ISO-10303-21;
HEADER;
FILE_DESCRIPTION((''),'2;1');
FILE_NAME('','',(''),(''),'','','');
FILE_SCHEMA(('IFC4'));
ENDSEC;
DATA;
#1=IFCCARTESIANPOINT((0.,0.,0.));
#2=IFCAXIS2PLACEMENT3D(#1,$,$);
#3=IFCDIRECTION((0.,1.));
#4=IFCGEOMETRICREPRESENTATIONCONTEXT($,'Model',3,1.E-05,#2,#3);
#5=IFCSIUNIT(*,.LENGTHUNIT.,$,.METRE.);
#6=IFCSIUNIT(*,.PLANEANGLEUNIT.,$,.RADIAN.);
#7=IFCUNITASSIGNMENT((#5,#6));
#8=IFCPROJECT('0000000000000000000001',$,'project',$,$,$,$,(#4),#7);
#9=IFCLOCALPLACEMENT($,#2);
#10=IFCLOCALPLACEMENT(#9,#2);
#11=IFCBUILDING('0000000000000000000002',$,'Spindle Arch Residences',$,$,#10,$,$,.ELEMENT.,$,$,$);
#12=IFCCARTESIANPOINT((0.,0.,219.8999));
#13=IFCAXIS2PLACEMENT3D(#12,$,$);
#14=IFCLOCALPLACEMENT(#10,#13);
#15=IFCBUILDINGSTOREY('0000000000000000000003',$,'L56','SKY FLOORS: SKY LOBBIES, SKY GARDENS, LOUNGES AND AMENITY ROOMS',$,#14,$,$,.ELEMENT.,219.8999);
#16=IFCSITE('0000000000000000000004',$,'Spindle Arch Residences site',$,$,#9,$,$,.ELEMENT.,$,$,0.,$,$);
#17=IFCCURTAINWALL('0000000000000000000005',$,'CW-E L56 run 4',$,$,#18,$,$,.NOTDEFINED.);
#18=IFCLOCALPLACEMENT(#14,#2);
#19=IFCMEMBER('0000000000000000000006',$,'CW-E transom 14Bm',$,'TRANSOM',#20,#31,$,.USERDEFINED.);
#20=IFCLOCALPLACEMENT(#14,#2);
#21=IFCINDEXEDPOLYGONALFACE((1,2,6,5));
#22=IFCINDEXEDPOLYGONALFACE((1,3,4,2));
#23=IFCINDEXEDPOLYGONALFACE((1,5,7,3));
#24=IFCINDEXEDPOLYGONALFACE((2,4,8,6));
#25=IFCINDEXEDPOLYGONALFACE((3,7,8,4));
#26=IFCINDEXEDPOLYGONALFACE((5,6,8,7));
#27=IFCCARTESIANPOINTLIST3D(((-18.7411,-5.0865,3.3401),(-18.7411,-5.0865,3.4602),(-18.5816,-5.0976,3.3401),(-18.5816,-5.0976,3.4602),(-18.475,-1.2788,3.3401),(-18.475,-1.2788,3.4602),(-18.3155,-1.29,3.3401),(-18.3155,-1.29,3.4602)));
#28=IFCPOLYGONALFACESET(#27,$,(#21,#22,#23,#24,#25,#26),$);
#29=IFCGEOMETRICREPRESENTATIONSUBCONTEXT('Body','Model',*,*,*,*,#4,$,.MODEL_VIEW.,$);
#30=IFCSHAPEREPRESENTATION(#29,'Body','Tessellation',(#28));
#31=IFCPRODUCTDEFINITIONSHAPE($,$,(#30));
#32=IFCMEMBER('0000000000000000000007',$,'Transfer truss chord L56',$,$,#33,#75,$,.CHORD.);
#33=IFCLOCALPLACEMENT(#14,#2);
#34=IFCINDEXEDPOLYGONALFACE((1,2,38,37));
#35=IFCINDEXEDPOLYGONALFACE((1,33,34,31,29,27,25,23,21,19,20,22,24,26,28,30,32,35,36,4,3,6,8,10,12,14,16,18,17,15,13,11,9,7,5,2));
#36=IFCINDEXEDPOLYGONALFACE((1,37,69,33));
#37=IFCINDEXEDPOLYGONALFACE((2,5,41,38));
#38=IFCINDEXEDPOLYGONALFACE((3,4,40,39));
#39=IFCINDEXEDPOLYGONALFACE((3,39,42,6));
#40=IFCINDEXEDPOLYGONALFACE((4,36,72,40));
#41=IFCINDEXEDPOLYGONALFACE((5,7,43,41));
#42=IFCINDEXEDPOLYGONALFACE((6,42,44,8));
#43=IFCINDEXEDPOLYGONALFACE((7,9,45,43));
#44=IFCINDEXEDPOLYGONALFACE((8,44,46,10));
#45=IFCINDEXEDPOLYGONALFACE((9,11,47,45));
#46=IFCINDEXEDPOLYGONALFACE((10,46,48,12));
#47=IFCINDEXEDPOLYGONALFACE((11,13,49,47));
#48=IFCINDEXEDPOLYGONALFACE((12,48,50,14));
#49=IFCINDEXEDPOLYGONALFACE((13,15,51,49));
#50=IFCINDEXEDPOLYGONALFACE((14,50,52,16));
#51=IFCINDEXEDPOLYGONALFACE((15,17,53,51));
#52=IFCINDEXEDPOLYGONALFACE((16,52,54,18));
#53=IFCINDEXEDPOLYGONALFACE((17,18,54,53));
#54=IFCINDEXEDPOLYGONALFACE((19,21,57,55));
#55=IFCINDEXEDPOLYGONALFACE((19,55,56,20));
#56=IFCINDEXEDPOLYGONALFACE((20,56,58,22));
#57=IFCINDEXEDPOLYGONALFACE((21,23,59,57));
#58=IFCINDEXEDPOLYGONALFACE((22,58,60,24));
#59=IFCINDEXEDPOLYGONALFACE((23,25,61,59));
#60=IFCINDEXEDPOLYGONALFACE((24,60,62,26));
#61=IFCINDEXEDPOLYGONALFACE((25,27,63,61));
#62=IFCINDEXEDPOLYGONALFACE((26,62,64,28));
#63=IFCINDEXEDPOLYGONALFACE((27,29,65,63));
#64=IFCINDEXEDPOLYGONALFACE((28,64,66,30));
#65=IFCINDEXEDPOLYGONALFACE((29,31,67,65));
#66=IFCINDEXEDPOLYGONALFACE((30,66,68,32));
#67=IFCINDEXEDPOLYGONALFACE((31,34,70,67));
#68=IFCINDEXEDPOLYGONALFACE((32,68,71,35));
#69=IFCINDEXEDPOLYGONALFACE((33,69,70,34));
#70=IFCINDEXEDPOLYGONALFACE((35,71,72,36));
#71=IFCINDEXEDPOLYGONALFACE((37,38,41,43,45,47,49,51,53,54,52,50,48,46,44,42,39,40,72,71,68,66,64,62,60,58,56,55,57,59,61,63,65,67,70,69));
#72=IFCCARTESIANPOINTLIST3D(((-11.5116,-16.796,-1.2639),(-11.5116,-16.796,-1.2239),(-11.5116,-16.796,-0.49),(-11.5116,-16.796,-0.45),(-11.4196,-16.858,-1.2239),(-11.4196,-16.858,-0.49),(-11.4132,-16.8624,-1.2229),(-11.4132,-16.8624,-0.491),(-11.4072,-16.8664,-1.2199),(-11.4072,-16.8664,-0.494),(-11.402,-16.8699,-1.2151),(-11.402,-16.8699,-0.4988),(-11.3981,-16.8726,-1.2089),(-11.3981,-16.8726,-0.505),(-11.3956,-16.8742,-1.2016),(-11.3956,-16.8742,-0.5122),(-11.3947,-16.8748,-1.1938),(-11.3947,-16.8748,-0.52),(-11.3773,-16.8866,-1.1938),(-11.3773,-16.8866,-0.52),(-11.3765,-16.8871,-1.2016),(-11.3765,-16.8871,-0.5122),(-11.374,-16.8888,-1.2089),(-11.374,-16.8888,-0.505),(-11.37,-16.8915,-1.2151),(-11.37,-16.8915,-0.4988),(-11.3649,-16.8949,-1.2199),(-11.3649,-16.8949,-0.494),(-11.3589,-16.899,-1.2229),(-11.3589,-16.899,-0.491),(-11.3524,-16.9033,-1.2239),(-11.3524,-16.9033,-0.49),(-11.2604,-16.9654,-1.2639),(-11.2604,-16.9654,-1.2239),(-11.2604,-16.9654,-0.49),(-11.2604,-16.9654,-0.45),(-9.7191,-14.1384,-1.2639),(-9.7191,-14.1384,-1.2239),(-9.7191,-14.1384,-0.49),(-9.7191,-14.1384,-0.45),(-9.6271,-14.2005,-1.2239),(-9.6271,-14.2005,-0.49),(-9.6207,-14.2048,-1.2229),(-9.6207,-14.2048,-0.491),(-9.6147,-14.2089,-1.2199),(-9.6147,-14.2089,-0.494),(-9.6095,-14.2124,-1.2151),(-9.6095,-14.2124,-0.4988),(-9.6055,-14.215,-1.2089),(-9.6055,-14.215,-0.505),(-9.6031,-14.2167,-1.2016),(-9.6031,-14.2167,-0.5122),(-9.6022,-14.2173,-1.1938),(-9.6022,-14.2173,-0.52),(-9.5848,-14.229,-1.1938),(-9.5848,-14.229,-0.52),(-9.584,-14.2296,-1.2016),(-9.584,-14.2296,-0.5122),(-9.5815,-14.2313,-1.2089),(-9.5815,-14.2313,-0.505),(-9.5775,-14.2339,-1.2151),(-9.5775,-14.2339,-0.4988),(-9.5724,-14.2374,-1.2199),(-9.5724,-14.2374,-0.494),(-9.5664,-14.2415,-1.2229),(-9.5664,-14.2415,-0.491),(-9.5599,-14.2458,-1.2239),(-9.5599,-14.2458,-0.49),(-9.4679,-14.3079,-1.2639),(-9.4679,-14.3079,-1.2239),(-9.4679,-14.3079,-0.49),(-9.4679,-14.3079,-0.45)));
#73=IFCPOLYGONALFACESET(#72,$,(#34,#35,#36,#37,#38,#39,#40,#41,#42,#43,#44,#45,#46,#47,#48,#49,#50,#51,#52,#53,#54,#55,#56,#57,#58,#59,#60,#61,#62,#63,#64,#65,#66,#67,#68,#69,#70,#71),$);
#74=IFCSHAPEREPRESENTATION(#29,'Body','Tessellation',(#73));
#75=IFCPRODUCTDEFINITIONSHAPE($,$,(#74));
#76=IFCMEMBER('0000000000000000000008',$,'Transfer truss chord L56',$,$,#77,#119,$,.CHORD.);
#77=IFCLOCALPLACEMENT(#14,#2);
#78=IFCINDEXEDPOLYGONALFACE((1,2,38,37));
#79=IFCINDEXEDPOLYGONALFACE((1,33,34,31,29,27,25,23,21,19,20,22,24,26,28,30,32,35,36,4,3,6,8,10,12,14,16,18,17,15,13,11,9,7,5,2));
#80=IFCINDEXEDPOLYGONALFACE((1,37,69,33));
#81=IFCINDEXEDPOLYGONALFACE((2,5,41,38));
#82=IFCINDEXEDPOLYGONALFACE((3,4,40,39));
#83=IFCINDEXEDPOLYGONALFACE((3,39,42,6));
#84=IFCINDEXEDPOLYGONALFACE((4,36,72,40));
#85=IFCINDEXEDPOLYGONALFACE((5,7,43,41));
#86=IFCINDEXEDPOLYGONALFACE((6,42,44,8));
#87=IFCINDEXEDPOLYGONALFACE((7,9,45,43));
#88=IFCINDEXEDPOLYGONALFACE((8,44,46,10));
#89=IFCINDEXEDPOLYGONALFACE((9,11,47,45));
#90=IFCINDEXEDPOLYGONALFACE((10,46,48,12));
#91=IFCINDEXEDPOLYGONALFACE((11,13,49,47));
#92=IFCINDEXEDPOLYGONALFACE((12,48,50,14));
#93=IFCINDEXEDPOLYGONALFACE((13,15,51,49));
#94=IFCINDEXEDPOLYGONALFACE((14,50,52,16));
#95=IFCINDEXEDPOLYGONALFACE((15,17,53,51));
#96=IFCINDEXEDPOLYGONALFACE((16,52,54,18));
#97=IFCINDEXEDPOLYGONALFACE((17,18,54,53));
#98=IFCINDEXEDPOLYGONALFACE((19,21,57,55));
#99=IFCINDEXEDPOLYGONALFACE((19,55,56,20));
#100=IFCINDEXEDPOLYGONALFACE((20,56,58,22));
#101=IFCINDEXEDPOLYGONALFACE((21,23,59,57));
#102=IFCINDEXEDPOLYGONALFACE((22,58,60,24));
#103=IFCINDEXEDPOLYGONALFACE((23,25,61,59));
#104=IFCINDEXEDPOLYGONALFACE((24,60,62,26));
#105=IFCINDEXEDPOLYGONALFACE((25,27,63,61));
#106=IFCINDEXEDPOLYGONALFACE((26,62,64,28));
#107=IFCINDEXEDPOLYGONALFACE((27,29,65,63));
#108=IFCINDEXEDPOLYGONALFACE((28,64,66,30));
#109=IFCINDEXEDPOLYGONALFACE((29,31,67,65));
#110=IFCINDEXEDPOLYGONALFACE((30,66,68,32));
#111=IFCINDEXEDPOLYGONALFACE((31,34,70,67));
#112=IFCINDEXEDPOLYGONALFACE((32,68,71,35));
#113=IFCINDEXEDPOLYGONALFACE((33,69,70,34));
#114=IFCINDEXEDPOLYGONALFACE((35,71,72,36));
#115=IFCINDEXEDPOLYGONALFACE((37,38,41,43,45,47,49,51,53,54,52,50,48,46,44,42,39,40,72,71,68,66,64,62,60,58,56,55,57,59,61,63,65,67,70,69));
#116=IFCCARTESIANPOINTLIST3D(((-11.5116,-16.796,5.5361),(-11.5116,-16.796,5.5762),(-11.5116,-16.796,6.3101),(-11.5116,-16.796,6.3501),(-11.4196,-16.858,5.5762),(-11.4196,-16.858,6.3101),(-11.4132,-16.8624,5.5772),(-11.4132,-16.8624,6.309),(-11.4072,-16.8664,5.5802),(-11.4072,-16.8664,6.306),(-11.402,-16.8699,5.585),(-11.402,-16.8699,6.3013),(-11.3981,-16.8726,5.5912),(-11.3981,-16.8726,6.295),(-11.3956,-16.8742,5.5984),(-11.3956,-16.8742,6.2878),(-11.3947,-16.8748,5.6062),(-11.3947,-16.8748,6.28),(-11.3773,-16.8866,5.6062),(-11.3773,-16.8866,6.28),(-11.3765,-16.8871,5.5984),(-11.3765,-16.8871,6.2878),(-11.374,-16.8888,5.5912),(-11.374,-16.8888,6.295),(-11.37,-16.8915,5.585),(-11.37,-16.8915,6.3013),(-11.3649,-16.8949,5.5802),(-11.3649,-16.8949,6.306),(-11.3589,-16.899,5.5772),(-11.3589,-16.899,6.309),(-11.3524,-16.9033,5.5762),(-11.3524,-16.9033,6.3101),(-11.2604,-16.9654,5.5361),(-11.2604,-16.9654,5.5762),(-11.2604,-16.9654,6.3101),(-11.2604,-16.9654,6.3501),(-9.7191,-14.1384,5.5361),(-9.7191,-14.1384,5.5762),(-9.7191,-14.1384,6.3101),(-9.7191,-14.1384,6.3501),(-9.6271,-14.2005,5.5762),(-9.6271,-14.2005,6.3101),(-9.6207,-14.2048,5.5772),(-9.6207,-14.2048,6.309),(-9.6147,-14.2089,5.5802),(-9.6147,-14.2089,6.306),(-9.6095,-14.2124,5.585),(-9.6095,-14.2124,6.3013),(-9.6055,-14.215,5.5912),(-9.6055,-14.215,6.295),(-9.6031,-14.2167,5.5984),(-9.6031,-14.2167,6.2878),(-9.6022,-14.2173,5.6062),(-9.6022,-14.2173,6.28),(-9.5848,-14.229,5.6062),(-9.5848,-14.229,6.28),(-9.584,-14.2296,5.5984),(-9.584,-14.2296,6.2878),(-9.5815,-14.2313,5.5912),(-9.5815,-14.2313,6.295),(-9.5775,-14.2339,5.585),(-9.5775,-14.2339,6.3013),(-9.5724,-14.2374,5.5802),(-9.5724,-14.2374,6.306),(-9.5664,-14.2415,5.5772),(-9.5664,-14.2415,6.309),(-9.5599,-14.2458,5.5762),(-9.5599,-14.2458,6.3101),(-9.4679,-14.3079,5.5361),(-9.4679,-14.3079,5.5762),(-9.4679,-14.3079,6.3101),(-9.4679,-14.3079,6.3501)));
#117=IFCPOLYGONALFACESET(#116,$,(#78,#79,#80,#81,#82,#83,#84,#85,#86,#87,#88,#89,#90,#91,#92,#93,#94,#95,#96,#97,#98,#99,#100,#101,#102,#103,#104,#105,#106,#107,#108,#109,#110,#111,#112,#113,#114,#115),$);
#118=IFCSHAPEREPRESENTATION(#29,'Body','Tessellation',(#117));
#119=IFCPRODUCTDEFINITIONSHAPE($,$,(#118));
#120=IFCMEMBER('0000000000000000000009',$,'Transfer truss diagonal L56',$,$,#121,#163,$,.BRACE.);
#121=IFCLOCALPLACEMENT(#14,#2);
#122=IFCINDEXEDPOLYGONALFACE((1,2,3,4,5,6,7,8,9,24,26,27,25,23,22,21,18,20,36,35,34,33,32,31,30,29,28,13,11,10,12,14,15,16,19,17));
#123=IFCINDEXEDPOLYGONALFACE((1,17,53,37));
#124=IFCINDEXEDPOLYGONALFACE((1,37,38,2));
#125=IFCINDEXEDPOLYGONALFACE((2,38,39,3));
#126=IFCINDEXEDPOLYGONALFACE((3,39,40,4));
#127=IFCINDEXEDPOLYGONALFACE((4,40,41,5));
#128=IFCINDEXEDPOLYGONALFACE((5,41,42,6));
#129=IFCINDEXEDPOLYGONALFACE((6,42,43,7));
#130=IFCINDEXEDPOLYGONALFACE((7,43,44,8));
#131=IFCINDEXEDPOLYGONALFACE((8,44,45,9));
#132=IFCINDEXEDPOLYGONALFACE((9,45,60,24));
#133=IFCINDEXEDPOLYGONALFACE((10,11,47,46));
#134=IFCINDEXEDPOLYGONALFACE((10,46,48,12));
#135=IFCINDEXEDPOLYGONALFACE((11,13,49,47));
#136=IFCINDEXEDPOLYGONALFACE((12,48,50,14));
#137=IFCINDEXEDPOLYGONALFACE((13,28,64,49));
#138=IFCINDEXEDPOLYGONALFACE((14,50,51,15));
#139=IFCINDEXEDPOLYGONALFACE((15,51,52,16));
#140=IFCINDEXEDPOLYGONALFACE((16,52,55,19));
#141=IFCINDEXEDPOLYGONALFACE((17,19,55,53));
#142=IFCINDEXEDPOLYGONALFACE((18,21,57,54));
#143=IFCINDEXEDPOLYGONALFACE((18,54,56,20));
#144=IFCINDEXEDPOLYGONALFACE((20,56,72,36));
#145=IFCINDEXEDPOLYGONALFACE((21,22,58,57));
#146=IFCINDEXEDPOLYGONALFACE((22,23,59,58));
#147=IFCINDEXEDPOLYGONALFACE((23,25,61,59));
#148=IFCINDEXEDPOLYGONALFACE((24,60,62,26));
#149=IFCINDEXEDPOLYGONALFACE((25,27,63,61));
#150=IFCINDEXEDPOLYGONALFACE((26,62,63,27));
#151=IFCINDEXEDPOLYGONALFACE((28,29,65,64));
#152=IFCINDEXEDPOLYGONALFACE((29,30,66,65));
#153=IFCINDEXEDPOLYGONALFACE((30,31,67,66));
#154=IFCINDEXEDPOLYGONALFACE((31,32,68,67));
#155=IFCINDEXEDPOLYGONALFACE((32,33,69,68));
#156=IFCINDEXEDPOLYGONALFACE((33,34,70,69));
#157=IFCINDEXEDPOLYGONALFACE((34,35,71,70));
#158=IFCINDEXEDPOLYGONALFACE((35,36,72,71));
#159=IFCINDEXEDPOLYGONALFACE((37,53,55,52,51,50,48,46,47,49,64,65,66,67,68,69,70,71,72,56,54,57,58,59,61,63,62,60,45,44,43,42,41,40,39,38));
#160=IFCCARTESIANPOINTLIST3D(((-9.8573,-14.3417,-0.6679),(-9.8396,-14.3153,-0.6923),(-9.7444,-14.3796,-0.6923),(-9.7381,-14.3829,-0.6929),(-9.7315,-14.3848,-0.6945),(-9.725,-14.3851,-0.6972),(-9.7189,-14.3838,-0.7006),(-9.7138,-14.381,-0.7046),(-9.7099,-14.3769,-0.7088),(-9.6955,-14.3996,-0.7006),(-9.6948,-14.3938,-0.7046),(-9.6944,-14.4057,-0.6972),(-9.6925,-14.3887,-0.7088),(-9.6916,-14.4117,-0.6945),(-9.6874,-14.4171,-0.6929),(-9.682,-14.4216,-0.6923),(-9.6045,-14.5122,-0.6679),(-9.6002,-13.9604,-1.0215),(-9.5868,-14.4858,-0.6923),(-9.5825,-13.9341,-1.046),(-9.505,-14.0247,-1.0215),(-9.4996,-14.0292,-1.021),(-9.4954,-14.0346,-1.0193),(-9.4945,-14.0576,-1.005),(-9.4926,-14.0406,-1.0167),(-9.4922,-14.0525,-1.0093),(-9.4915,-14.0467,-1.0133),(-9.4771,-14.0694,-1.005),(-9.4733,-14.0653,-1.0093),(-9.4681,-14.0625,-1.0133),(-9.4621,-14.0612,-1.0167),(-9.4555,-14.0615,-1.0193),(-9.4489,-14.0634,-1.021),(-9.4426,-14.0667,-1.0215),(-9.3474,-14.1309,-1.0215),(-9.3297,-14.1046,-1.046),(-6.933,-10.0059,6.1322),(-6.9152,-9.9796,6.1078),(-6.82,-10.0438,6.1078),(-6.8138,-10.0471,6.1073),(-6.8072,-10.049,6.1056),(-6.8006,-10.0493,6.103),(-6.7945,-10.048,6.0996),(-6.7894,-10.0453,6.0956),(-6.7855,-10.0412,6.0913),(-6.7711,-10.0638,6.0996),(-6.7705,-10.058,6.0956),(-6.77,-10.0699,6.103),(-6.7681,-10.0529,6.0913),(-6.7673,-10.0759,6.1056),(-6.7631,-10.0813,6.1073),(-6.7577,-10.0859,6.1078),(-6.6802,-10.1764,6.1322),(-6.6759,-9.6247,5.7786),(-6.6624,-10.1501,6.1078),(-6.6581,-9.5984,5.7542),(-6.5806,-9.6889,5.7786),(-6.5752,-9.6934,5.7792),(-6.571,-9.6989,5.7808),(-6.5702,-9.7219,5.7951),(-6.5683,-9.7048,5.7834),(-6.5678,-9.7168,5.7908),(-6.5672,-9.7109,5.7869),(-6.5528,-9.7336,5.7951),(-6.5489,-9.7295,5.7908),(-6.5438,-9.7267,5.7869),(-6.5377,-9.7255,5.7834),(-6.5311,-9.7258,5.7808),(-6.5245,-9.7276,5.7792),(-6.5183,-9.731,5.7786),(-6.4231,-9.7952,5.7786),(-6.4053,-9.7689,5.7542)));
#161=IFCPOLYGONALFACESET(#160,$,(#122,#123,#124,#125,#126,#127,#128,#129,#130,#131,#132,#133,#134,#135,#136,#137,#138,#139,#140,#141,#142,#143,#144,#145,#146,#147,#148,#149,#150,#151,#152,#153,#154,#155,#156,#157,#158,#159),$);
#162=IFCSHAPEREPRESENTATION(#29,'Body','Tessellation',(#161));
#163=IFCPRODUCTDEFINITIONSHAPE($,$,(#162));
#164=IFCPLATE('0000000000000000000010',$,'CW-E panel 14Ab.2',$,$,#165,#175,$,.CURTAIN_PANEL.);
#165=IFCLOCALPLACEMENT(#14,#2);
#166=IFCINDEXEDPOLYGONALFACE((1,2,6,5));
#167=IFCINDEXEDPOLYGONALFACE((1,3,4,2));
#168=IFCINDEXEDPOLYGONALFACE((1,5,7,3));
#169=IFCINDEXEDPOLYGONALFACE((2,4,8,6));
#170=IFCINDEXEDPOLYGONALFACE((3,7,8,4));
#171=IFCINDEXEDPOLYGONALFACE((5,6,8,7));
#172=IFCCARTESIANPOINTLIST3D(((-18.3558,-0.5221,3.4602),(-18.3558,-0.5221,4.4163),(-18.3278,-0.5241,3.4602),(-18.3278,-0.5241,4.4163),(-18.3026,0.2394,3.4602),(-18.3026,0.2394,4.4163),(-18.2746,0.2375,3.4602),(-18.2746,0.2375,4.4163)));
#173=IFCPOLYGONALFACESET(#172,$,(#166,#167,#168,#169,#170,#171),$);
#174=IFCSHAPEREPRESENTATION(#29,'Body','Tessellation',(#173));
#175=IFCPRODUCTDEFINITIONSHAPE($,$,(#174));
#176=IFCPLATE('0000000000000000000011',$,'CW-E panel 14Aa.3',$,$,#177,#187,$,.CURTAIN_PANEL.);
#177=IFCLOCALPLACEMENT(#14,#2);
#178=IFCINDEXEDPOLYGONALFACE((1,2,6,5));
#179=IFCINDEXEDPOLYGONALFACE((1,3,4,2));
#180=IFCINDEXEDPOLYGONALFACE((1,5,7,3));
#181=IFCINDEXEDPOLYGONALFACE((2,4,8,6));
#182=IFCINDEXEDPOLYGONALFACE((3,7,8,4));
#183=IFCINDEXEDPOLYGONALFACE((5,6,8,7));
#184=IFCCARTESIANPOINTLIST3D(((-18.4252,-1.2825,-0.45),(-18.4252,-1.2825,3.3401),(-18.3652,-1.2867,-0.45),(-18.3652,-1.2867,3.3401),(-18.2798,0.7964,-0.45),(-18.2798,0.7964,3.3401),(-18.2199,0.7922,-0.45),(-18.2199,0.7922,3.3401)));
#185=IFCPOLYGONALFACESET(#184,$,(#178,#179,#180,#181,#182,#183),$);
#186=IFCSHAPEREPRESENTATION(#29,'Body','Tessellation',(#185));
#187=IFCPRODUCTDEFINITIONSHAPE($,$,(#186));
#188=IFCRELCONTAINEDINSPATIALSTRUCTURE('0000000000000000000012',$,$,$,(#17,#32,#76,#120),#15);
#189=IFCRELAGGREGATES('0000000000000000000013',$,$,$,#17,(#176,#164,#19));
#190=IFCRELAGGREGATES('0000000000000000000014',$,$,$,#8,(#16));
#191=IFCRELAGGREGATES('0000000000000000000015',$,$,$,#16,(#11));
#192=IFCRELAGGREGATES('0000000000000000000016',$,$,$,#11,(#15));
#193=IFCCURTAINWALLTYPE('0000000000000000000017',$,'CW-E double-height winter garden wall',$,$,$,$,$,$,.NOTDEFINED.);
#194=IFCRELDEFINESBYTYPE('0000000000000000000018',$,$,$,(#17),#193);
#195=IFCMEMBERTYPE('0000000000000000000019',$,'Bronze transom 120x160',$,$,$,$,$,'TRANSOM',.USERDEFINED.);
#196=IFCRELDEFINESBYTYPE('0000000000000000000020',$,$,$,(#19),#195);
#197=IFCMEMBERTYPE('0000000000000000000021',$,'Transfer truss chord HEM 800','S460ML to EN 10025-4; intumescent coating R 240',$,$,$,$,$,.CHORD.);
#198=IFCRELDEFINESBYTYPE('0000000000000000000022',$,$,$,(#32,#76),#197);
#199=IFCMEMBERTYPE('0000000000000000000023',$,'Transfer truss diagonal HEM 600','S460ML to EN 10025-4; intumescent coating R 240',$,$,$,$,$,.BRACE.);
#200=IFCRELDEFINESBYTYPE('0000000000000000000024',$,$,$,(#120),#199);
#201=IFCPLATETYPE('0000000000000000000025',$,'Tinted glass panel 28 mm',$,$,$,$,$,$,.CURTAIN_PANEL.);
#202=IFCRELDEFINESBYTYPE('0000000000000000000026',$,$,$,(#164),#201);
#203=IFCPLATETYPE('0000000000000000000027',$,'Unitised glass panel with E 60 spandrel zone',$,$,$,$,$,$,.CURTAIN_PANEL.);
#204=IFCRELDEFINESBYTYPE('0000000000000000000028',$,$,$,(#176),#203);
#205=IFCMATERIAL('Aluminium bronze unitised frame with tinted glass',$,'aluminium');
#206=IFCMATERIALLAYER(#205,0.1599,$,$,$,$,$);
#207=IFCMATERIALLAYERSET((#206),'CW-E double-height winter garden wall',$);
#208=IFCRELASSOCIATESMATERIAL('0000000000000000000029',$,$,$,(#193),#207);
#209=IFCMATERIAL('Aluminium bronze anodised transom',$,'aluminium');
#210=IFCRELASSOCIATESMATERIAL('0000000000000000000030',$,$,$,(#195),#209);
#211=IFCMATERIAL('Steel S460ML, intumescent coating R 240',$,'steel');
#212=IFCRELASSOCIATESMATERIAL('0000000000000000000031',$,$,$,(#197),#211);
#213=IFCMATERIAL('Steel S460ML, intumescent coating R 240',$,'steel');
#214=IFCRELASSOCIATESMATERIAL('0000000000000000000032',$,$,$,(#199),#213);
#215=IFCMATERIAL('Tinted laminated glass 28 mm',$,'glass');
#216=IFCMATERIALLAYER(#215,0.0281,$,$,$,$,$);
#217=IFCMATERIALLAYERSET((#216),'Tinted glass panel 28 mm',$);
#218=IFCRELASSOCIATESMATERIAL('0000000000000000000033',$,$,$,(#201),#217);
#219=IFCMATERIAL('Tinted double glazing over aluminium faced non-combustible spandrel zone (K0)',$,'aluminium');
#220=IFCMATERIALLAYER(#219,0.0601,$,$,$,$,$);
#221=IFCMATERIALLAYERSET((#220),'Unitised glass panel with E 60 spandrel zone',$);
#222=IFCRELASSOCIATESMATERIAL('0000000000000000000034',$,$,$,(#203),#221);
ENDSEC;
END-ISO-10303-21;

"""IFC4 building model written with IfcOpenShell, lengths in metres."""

from ifc_helpers import new_model, si_unit, direction, frame, origin, origin_2d, place, context, subcontext, project, spatial, rectangle, i_section, extrude, material, layer, layer_set, material_profile, profile_set, type_object, element, aggregate, save


model = new_model("IFC4")

# Units and contexts
model_context = context("Model", 3, precision=1e-05, world=origin(), true_north=direction((0.0, 1.0)))
body_context = subcontext(model_context, "Body", "Model", "MODEL_VIEW")
ifc_project = project(units=[si_unit("LENGTHUNIT", "METRE"), si_unit("PLANEANGLEUNIT", "RADIAN")], contexts=[model_context])

# Site, building, storey
site_placement = place(None, origin())
site = spatial("IfcSite", under=ifc_project, at=site_placement, Name="Spindle Arch Residences site", CompositionType="ELEMENT", RefElevation=0.0)
building_placement = place(site_placement, origin())
building = spatial("IfcBuilding", under=site, at=building_placement, Name="Spindle Arch Residences", CompositionType="ELEMENT")
storey_placement = place(building_placement, frame((0.0, 0.0, 219.8999)))
storey = spatial("IfcBuildingStorey", under=building, at=storey_placement, Name="L56", Description="SKY FLOORS: SKY LOBBIES, SKY GARDENS, LOUNGES AND AMENITY ROOMS", CompositionType="ELEMENT", Elevation=219.8999)

# Curtain wall, member
ifc_material_1 = material(Name="Aluminium bronze unitised frame with tinted glass", Category="aluminium")
ifc_layer_1 = layer(ifc_material_1, 0.1599)
ifc_layer_set_1 = layer_set([ifc_layer_1], Name="CW-E double-height winter garden wall")
curtain_wall_type = type_object("IfcCurtainWallType", Name="CW-E double-height winter garden wall", PredefinedType="NOTDEFINED", material=ifc_layer_set_1)
curtain_wall_placement = place(storey_placement, origin())
curtain_wall = element("IfcCurtainWall", 1, at=curtain_wall_placement, inside=storey, type_object=curtain_wall_type, Name="CW-E L56 run 4", PredefinedType="NOTDEFINED")
ifc_material_2 = material(Name="Aluminium bronze anodised transom", Category="aluminium")
ifc_material_profile_1 = material_profile(ifc_material_2, rectangle(XDim=0.1599, YDim=0.1201, at=origin_2d()), Name="TR 120x160")
ifc_profile_set_1 = profile_set([ifc_material_profile_1], Name="Aluminium bronze anodised transom")
member_type_1 = type_object("IfcMemberType", Name="Bronze transom 120x160", ElementType="TRANSOM", PredefinedType="USERDEFINED", material=ifc_profile_set_1)
member_1_placement = place(storey_placement, frame((-18.3953, -1.2844, 3.4001), z_axis=(-0.06972, -0.997567, 0.0), x_axis=(0.997567, -0.06972, 0.0)))
member_1 = element("IfcMember", 2, at=member_1_placement, type_object=member_type_1, Name="CW-E transom 14Bm", ObjectType="TRANSOM", PredefinedType="USERDEFINED", context=body_context, shape_type="SweptSolid", body=[
    extrude(rectangle(XDim=0.1599, YDim=0.1201, at=origin_2d()), origin(), (0.0, 0.0, 1.0), 3.8169),
])

# Members
ifc_material_3 = material(Name="Steel S460ML, intumescent coating R 240", Category="steel")
ifc_material_profile_2 = material_profile(ifc_material_3, i_section(OverallWidth=0.303, OverallDepth=0.814, WebThickness=0.021, FlangeThickness=0.04, FilletRadius=0.03, at=origin_2d()), Name="HEM 800")
ifc_profile_set_2 = profile_set([ifc_material_profile_2], Name="Steel S460ML, intumescent coating R 240")
member_type_2 = type_object("IfcMemberType", Name="Transfer truss chord HEM 800", Description="S460ML to EN 10025-4; intumescent coating R 240", PredefinedType="CHORD", material=ifc_profile_set_2)
for number, where, z_axis, x_axis, name in (
    (3, (-9.5935, -14.2231, -0.8569), (-0.559192, -0.829038, 0.0), (0.829038, -0.559192, 0.0), "Transfer truss chord L56"),
    (4, (-9.5935, -14.2231, 5.9431), (-0.559192, -0.829038, 0.0), (0.829038, -0.559192, 0.0), "Transfer truss chord L56"),
):
    element("IfcMember", number, at=place(storey_placement, frame(where, z_axis=z_axis, x_axis=x_axis)), inside=storey, type_object=member_type_2, Name=name, PredefinedType="CHORD", context=body_context, shape_type="SweptSolid", body=[
        extrude(i_section(OverallWidth=0.303, OverallDepth=0.814, WebThickness=0.021, FlangeThickness=0.04, FilletRadius=0.03, at=origin_2d()), origin(), (0.0, 0.0, 1.0), 3.2056),
    ])
ifc_material_4 = material(Name="Steel S460ML, intumescent coating R 240", Category="steel")
ifc_material_profile_3 = material_profile(ifc_material_4, i_section(OverallWidth=0.3049, OverallDepth=0.6201, WebThickness=0.021, FlangeThickness=0.04, FilletRadius=0.0271, at=origin_2d()), Name="HEM 600")
ifc_profile_set_3 = profile_set([ifc_material_profile_3], Name="Steel S460ML, intumescent coating R 240")
member_type_3 = type_object("IfcMemberType", Name="Transfer truss diagonal HEM 600", Description="S460ML to EN 10025-4; intumescent coating R 240", PredefinedType="BRACE", material=ifc_profile_set_3)
member_2_placement = place(storey_placement, frame((-9.5935, -14.2231, -0.8569), z_axis=(0.340889, 0.505414, 0.792686), x_axis=(-0.82905, 0.559174, 0.0)))
element("IfcMember", 5, at=member_2_placement, inside=storey, type_object=member_type_3, Name="Transfer truss diagonal L56", PredefinedType="BRACE", context=body_context, shape_type="SweptSolid", body=[
    extrude(i_section(OverallWidth=0.3049, OverallDepth=0.6201, WebThickness=0.021, FlangeThickness=0.04, FilletRadius=0.0271, at=origin_2d()), origin(), (0.0, 0.0, 1.0), 8.5786),
])

# Plates
ifc_material_5 = material(Name="Tinted laminated glass 28 mm", Category="glass")
ifc_layer_2 = layer(ifc_material_5, 0.0281)
ifc_layer_set_2 = layer_set([ifc_layer_2], Name="Tinted glass panel 28 mm")
plate_type_1 = type_object("IfcPlateType", Name="Tinted glass panel 28 mm", PredefinedType="CURTAIN_PANEL", material=ifc_layer_set_2)
plate_1_placement = place(storey_placement, frame((-18.3152, -0.1423, 3.4602), z_axis=(0.0, 0.0, 1.0), x_axis=(-0.069756, -0.997564, 0.0)))
plate_1 = element("IfcPlate", 6, at=plate_1_placement, type_object=plate_type_1, Name="CW-E panel 14Ab.2", PredefinedType="CURTAIN_PANEL", context=body_context, shape_type="SweptSolid", body=[
    extrude(rectangle(XDim=0.7634, YDim=0.0281, at=origin_2d()), origin(), (0.0, 0.0, 1.0), 0.9561),
])
ifc_material_6 = material(Name="Tinted double glazing over aluminium faced non-combustible spandrel zone (K0)", Category="aluminium")
ifc_layer_3 = layer(ifc_material_6, 0.0601)
ifc_layer_set_3 = layer_set([ifc_layer_3], Name="Unitised glass panel with E 60 spandrel zone")
plate_type_2 = type_object("IfcPlateType", Name="Unitised glass panel with E 60 spandrel zone", PredefinedType="CURTAIN_PANEL", material=ifc_layer_set_3)
plate_2_placement = place(storey_placement, frame((-18.3225, -0.2451, -0.45), z_axis=(0.0, 0.0, 1.0), x_axis=(-0.069756, -0.997564, 0.0)))
plate_2 = element("IfcPlate", 7, at=plate_2_placement, type_object=plate_type_2, Name="CW-E panel 14Aa.3", PredefinedType="CURTAIN_PANEL", context=body_context, shape_type="SweptSolid", body=[
    extrude(rectangle(XDim=2.084, YDim=0.0601, at=origin_2d()), origin(), (0.0, 0.0, 1.0), 3.79),
])
aggregate(curtain_wall, [plate_2, plate_1, member_1])

save(model, "model.ifc")
